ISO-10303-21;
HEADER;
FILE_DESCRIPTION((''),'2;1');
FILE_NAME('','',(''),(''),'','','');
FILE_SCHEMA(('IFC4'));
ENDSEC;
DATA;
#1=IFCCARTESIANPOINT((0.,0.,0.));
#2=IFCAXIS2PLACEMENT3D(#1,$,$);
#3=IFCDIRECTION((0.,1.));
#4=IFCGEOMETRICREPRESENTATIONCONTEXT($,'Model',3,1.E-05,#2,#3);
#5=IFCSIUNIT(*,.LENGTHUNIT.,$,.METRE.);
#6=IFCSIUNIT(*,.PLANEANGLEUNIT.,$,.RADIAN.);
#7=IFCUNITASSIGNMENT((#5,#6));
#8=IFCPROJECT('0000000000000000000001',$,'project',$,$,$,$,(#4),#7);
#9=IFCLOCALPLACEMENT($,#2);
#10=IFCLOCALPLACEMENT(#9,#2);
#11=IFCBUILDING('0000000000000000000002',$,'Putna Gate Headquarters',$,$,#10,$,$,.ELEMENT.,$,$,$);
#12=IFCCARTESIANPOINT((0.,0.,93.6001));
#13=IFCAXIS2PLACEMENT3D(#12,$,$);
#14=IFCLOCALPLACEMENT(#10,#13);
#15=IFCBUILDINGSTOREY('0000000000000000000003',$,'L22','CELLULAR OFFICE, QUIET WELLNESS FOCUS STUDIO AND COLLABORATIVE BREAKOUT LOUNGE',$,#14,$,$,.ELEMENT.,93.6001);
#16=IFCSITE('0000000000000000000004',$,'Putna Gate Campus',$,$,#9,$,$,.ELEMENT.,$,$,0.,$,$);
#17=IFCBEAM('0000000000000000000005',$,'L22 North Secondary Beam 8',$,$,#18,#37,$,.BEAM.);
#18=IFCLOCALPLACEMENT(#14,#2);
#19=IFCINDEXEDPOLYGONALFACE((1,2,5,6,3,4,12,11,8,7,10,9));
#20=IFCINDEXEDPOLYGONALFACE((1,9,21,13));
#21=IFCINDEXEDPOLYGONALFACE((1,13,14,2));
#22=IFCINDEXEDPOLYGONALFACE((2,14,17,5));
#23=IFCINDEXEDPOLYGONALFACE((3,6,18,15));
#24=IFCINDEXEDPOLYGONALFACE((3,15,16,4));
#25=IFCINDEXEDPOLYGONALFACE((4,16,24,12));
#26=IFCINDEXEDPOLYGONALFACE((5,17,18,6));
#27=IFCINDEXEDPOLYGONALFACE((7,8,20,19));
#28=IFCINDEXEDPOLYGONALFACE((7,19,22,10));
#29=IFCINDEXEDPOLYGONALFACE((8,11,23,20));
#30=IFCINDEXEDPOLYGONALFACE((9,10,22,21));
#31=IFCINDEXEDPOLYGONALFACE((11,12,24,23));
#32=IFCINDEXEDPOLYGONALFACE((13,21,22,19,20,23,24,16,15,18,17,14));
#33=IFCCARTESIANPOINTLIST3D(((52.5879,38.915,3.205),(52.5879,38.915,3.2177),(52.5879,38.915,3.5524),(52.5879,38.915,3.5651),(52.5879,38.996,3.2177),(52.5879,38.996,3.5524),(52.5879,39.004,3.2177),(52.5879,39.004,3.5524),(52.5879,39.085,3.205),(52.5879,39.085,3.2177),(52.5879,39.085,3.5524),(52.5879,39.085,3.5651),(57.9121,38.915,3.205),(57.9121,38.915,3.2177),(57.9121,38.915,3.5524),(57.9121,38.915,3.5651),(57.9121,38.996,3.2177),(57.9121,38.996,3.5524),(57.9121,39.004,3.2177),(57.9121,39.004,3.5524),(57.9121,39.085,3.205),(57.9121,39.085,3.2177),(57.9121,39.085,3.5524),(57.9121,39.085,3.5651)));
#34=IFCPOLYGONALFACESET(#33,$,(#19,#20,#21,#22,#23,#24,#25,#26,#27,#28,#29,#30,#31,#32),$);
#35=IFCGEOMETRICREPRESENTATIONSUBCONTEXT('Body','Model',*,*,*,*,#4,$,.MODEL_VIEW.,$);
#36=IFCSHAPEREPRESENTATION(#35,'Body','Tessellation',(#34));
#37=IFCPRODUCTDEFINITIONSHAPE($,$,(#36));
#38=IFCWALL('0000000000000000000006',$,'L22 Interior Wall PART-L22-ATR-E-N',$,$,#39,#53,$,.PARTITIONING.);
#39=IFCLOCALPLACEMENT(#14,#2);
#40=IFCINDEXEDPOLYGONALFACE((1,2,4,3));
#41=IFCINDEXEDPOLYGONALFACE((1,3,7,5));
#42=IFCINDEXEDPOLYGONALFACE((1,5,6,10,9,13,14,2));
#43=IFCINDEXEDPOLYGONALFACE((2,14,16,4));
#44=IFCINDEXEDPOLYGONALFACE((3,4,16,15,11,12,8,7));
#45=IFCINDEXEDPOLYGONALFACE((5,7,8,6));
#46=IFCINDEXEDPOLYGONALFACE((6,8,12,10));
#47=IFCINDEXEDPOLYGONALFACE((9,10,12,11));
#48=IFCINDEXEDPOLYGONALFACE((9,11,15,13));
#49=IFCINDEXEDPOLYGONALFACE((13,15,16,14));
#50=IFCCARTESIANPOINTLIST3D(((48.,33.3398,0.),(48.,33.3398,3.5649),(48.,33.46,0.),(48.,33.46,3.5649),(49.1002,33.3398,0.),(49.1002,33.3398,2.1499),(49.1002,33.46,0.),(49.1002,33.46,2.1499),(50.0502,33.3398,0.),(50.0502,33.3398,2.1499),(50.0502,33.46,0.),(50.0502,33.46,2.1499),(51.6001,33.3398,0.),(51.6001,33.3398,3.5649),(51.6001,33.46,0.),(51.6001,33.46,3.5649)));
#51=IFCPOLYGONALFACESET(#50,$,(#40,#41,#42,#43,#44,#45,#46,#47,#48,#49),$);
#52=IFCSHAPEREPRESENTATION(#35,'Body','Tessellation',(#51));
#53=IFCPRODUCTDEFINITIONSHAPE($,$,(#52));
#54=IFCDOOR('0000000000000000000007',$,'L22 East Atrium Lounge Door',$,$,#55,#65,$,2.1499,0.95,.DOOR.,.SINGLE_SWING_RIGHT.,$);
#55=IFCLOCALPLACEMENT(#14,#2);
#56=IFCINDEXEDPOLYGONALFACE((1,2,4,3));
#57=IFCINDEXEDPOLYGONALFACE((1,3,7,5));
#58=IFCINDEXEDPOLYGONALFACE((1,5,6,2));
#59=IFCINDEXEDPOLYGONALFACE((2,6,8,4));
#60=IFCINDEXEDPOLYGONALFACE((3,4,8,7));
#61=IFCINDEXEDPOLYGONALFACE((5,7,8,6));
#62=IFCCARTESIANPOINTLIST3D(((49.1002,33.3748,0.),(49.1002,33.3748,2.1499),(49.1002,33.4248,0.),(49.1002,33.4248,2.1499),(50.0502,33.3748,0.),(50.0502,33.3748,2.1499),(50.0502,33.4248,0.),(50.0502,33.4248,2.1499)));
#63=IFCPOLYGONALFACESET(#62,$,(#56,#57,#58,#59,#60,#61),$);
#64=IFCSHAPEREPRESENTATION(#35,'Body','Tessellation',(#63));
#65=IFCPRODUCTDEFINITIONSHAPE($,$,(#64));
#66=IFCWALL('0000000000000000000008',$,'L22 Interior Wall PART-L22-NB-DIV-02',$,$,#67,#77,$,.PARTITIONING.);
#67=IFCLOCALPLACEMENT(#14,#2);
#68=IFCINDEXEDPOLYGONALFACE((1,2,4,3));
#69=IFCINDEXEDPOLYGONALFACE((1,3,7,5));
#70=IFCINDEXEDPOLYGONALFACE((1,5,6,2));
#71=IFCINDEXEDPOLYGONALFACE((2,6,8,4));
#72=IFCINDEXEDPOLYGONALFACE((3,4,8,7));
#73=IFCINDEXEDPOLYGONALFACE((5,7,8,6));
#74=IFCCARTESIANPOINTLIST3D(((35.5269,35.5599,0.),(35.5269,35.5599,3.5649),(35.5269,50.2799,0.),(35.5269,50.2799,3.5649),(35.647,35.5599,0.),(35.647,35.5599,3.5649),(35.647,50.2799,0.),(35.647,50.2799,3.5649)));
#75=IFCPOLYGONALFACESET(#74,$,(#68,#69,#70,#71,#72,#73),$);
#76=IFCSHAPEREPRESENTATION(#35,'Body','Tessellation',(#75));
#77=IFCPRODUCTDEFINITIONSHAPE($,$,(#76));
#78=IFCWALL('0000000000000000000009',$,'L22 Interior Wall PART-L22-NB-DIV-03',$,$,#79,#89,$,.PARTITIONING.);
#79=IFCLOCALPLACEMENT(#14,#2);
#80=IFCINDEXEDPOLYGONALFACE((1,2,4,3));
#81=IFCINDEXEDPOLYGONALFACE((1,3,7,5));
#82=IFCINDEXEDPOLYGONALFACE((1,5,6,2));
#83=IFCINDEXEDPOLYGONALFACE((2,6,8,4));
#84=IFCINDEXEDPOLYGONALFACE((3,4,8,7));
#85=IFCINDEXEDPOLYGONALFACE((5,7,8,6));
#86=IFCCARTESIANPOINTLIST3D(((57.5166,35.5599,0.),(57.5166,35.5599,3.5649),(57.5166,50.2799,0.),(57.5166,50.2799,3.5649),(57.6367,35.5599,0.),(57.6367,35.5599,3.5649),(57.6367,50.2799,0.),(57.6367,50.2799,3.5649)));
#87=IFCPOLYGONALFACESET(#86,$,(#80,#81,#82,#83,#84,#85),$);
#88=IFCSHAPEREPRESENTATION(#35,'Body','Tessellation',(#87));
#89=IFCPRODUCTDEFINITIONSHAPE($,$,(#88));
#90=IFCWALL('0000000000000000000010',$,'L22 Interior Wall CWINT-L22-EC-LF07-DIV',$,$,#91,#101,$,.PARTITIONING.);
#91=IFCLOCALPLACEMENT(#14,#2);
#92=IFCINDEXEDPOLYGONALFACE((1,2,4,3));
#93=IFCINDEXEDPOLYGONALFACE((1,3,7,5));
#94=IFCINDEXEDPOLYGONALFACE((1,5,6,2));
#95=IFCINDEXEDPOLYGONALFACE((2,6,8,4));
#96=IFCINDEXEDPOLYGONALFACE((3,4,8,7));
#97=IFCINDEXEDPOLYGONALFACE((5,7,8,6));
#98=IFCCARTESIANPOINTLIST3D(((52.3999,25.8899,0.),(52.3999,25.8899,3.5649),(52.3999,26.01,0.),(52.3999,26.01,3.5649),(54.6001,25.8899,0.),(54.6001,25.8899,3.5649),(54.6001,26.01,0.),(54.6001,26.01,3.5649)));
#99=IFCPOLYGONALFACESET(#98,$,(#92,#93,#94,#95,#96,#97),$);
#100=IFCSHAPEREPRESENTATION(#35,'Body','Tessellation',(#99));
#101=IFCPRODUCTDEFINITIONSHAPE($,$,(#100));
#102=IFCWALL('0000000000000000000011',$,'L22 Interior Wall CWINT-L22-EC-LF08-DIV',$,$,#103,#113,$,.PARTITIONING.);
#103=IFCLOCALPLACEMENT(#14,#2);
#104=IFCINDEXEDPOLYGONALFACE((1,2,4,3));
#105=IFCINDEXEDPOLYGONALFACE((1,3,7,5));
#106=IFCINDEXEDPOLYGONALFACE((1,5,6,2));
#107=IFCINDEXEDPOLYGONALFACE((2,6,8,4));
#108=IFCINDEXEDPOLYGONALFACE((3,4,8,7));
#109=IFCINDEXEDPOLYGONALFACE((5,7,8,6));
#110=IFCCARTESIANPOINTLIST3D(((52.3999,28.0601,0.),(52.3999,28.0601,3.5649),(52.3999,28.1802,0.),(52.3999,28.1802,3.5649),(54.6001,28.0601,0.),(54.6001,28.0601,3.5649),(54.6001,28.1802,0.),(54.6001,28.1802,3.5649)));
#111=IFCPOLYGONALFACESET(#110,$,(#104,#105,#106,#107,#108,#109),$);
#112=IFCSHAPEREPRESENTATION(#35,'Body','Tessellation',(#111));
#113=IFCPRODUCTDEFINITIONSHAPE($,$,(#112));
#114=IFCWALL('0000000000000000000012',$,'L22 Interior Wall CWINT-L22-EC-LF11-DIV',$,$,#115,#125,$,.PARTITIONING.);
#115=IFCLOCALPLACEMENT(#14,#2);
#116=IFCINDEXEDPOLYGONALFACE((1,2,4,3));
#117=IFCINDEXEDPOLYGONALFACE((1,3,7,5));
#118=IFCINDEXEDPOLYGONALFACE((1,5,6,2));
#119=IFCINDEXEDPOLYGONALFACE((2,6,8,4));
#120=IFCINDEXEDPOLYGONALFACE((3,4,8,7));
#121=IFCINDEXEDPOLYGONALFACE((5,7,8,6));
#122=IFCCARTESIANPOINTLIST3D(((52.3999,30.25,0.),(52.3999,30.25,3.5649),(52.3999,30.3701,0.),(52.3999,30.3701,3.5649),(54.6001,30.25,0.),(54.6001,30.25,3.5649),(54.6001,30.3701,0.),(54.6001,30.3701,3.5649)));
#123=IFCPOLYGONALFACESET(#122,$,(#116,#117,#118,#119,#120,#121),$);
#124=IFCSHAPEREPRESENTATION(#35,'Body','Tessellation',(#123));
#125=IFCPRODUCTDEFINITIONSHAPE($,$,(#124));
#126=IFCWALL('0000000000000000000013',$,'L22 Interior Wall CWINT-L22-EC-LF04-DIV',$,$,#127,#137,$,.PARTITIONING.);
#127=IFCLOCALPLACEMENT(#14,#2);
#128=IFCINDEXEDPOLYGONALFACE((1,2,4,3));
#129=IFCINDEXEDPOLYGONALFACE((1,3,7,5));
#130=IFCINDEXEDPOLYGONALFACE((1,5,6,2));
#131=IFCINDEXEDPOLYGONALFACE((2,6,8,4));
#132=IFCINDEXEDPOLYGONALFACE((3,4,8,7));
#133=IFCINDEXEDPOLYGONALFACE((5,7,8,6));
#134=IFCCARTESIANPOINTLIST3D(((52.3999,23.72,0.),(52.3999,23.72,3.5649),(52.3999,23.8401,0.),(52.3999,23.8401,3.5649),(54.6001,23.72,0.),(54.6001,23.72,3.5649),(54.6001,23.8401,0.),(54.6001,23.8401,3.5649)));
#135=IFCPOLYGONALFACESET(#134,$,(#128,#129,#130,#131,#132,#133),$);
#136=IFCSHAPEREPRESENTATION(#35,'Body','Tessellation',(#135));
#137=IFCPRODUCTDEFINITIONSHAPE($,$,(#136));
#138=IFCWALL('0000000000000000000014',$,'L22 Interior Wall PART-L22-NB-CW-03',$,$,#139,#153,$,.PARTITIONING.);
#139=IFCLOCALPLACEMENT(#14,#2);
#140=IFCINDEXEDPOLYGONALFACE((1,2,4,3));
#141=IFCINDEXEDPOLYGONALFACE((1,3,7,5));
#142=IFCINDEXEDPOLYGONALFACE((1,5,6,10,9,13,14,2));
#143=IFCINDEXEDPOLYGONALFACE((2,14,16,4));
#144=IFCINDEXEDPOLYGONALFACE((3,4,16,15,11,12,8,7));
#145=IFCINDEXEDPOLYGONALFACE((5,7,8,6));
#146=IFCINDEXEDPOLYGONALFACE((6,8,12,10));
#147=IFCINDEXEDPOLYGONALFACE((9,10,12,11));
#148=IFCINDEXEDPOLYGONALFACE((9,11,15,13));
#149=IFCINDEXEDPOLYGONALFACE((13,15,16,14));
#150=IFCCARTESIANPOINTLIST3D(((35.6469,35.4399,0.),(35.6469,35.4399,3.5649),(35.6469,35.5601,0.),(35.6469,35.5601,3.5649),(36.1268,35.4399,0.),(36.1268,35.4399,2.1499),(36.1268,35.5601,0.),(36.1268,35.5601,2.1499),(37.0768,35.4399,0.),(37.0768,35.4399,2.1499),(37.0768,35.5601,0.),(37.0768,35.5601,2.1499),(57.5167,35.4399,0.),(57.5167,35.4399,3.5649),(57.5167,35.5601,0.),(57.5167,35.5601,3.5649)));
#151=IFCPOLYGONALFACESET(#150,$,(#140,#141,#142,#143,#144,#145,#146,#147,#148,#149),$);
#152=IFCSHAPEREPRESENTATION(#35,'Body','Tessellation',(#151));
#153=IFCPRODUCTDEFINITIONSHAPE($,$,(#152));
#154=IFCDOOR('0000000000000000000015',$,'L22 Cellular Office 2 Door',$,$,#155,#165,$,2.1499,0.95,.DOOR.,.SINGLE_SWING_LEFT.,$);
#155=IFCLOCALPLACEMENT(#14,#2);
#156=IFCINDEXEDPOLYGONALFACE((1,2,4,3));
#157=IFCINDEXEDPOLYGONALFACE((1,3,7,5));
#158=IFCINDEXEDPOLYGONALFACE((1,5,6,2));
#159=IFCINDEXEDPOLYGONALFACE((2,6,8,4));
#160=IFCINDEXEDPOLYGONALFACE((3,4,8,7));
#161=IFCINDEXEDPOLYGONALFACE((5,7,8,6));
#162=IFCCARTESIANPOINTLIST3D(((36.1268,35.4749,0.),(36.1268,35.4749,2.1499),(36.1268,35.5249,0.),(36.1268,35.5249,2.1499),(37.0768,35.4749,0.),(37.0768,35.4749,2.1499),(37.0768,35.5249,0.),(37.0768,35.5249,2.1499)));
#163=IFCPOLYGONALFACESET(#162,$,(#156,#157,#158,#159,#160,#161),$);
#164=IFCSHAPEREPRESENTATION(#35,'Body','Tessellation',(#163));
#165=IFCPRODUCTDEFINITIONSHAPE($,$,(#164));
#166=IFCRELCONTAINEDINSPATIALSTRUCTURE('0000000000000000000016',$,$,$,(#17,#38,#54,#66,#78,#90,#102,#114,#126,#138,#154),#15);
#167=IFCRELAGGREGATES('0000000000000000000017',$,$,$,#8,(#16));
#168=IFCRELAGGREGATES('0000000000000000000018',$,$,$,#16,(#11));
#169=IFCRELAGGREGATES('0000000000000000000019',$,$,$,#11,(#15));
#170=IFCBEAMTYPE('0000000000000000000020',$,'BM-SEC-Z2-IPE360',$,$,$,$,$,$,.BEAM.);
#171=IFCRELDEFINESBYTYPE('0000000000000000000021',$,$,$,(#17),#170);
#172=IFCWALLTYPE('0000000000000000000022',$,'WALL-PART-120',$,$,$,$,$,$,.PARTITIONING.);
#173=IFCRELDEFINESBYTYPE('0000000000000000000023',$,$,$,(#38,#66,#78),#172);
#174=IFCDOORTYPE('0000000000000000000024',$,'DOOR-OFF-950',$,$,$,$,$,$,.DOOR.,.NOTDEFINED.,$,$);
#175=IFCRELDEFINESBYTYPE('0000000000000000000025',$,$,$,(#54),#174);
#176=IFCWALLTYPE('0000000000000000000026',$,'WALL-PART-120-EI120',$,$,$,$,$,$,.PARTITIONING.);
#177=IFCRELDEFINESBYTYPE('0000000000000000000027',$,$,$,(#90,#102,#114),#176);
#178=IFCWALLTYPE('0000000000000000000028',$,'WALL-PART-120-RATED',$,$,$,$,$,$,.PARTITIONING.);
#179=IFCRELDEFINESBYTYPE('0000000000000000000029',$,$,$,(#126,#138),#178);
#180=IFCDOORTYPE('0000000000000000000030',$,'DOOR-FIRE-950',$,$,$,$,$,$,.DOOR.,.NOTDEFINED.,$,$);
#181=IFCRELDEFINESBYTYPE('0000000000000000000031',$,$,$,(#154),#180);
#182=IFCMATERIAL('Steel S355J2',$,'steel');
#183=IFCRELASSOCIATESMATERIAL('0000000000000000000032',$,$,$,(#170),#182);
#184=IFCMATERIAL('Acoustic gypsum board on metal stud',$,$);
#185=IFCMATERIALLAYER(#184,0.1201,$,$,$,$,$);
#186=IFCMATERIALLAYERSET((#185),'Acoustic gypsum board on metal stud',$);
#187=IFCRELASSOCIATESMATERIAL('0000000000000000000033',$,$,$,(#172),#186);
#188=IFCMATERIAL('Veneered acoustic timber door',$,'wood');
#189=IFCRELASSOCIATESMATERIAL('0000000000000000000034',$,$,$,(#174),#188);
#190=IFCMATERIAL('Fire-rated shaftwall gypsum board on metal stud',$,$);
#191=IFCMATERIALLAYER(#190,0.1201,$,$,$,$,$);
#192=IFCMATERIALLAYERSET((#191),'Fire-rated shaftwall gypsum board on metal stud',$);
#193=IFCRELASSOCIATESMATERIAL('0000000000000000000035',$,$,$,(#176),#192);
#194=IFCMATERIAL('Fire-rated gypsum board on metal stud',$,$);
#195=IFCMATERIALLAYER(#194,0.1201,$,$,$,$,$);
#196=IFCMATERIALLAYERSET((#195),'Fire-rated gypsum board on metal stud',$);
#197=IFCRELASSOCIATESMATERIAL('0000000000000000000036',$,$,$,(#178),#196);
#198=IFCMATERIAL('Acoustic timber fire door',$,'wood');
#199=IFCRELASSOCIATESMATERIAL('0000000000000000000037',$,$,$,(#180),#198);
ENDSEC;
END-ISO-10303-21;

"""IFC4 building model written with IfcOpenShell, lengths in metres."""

from ifc_helpers import new_model, si_unit, direction, frame, frame_2d, origin, origin_2d, place, context, subcontext, project, spatial, rectangle, i_section, extrude, material, layer, layer_set, material_profile, profile_set, type_object, element, fill, save


model = new_model("IFC4")

# Units and contexts
model_context = context("Model", 3, precision=1e-05, world=origin(), true_north=direction((0.0, 1.0)))
body_context = subcontext(model_context, "Body", "Model", "MODEL_VIEW")
ifc_project = project(units=[si_unit("LENGTHUNIT", "METRE"), si_unit("PLANEANGLEUNIT", "RADIAN")], contexts=[model_context])

# Site, building, storey
site_placement = place(None, origin())
site = spatial("IfcSite", under=ifc_project, at=site_placement, Name="Putna Gate Campus", CompositionType="ELEMENT", RefElevation=0.0)
building_placement = place(site_placement, origin())
building = spatial("IfcBuilding", under=site, at=building_placement, Name="Putna Gate Headquarters", CompositionType="ELEMENT")
storey_placement = place(building_placement, frame((0.0, 0.0, 93.6001)))
storey = spatial("IfcBuildingStorey", under=building, at=storey_placement, Name="L22", Description="CELLULAR OFFICE, QUIET WELLNESS FOCUS STUDIO AND COLLABORATIVE BREAKOUT LOUNGE", CompositionType="ELEMENT", Elevation=93.6001)

# Beam
ifc_material_1 = material(Name="Steel S355J2", Category="steel")
ifc_material_profile_1 = material_profile(ifc_material_1, i_section(OverallWidth=0.1699, OverallDepth=0.3601, WebThickness=0.0081, FlangeThickness=0.0127, at=origin_2d()), Name="Steel S355J2")
ifc_profile_set_1 = profile_set([ifc_material_profile_1], Name="Steel S355J2")
beam_type_1 = type_object("IfcBeamType", Name="BM-SEC-Z2-IPE360", PredefinedType="BEAM", material=ifc_profile_set_1)
beam_1_placement = place(storey_placement, frame((52.5879, 39.0, 3.385), z_axis=(1.0, 0.0, 0.0), x_axis=(0.0, 1.0, 0.0)))
element("IfcBeam", 1, at=beam_1_placement, inside=storey, type_object=beam_type_1, Name="L22 North Secondary Beam 8", PredefinedType="BEAM", context=body_context, shape_type="SweptSolid", body=[
    extrude(i_section(OverallWidth=0.1699, OverallDepth=0.3601, WebThickness=0.0081, FlangeThickness=0.0127, at=origin_2d()), origin(), (0.0, 0.0, 1.0), 5.3242),
])

# Wall, opening, door
ifc_material_2 = material(Name="Acoustic gypsum board on metal stud")
ifc_layer_1 = layer(ifc_material_2, 0.1201)
ifc_layer_set_1 = layer_set([ifc_layer_1], Name="Acoustic gypsum board on metal stud")
wall_type_1 = type_object("IfcWallType", Name="WALL-PART-120", PredefinedType="PARTITIONING", material=ifc_layer_set_1)
wall_1_placement = place(storey_placement, frame((48.0, 33.3999, 0.0), z_axis=(0.0, 0.0, 1.0), x_axis=(1.0, 0.0, 0.0)))
wall_1 = element("IfcWall", 2, at=wall_1_placement, inside=storey, type_object=wall_type_1, Name="L22 Interior Wall PART-L22-ATR-E-N", PredefinedType="PARTITIONING", context=body_context, shape_type="SweptSolid", body=[
    extrude(rectangle(XDim=3.6001, YDim=0.1201, at=frame_2d((1.8, 0.0))), origin(), (0.0, 0.0, 1.0), 3.5649),
])
opening_1_placement = place(wall_1_placement, frame((1.1001, 0.0, 0.0)))
opening_1 = element("IfcOpeningElement", 3, at=opening_1_placement, cuts=wall_1, PredefinedType="OPENING", context=body_context, shape_type="SweptSolid", body=[
    extrude(rectangle(XDim=0.95, YDim=2.1499, at=frame_2d((0.4751, 1.075))), frame((0.0, 0.0701, 0.0), z_axis=(0.0, -1.0, 0.0), x_axis=(1.0, 0.0, 0.0)), (0.0, 0.0, 1.0), 0.1401),
])
ifc_material_3 = material(Name="Veneered acoustic timber door", Category="wood")
door_type_1 = type_object("IfcDoorType", Name="DOOR-OFF-950", OperationType="NOTDEFINED", PredefinedType="DOOR", material=ifc_material_3)
door_1_placement = place(opening_1_placement, origin())
door_1 = element("IfcDoor", 4, at=door_1_placement, inside=storey, type_object=door_type_1, Name="L22 East Atrium Lounge Door", OperationType="SINGLE_SWING_RIGHT", OverallHeight=2.1499, OverallWidth=0.95, PredefinedType="DOOR", context=body_context, shape_type="SweptSolid", body=[
    extrude(rectangle(XDim=0.95, YDim=2.1499, at=frame_2d((0.4751, 1.075))), frame((0.0, 0.0249, 0.0), z_axis=(0.0, -1.0, 0.0), x_axis=(1.0, 0.0, 0.0)), (0.0, 0.0, 1.0), 0.05),
])
fill(opening_1, door_1)

# Walls
for number, where, z_axis, x_axis, name in (
    (5, (35.5869, 35.5601, 0.0), (0.0, 0.0, 1.0), (0.0, 1.0, 0.0), "L22 Interior Wall PART-L22-NB-DIV-02"),
    (6, (57.5767, 35.5601, 0.0), (0.0, 0.0, 1.0), (0.0, 1.0, 0.0), "L22 Interior Wall PART-L22-NB-DIV-03"),
):
    element("IfcWall", number, at=place(storey_placement, frame(where, z_axis=z_axis, x_axis=x_axis)), inside=storey, type_object=wall_type_1, Name=name, PredefinedType="PARTITIONING", context=body_context, shape_type="SweptSolid", body=[
        extrude(rectangle(XDim=14.72, YDim=0.1201, at=frame_2d((7.3599, 0.0))), origin(), (0.0, 0.0, 1.0), 3.5649),
    ])
ifc_material_4 = material(Name="Fire-rated shaftwall gypsum board on metal stud")
ifc_layer_2 = layer(ifc_material_4, 0.1201)
ifc_layer_set_2 = layer_set([ifc_layer_2], Name="Fire-rated shaftwall gypsum board on metal stud")
wall_type_2 = type_object("IfcWallType", Name="WALL-PART-120-EI120", PredefinedType="PARTITIONING", material=ifc_layer_set_2)
for number, where, z_axis, x_axis, name in (
    (7, (52.3999, 25.95, 0.0), (0.0, 0.0, 1.0), (1.0, 0.0, 0.0), "L22 Interior Wall CWINT-L22-EC-LF07-DIV"),
    (8, (52.3999, 28.1201, 0.0), (0.0, 0.0, 1.0), (1.0, 0.0, 0.0), "L22 Interior Wall CWINT-L22-EC-LF08-DIV"),
    (9, (52.3999, 30.3101, 0.0), (0.0, 0.0, 1.0), (1.0, 0.0, 0.0), "L22 Interior Wall CWINT-L22-EC-LF11-DIV"),
):
    element("IfcWall", number, at=place(storey_placement, frame(where, z_axis=z_axis, x_axis=x_axis)), inside=storey, type_object=wall_type_2, Name=name, PredefinedType="PARTITIONING", context=body_context, shape_type="SweptSolid", body=[
        extrude(rectangle(XDim=2.2002, YDim=0.1201, at=frame_2d((1.1001, 0.0))), origin(), (0.0, 0.0, 1.0), 3.5649),
    ])
ifc_material_5 = material(Name="Fire-rated gypsum board on metal stud")
ifc_layer_3 = layer(ifc_material_5, 0.1201)
ifc_layer_set_3 = layer_set([ifc_layer_3], Name="Fire-rated gypsum board on metal stud")
wall_type_3 = type_object("IfcWallType", Name="WALL-PART-120-RATED", PredefinedType="PARTITIONING", material=ifc_layer_set_3)
wall_2_placement = place(storey_placement, frame((52.3999, 23.78, 0.0), z_axis=(0.0, 0.0, 1.0), x_axis=(1.0, 0.0, 0.0)))
element("IfcWall", 10, at=wall_2_placement, inside=storey, type_object=wall_type_3, Name="L22 Interior Wall CWINT-L22-EC-LF04-DIV", PredefinedType="PARTITIONING", context=body_context, shape_type="SweptSolid", body=[
    extrude(rectangle(XDim=2.2002, YDim=0.1201, at=frame_2d((1.1001, 0.0))), origin(), (0.0, 0.0, 1.0), 3.5649),
])

# Wall, opening, door
wall_3_placement = place(storey_placement, frame((35.6467, 35.5, 0.0), z_axis=(0.0, 0.0, 1.0), x_axis=(1.0, 0.0, 0.0)))
wall_3 = element("IfcWall", 11, at=wall_3_placement, inside=storey, type_object=wall_type_3, Name="L22 Interior Wall PART-L22-NB-CW-03", PredefinedType="PARTITIONING", context=body_context, shape_type="SweptSolid", body=[
    extrude(rectangle(XDim=21.8699, YDim=0.1201, at=frame_2d((10.9351, 0.0))), origin(), (0.0, 0.0, 1.0), 3.5649),
])
opening_2_placement = place(wall_3_placement, frame((0.48, 0.0, 0.0)))
opening_2 = element("IfcOpeningElement", 12, at=opening_2_placement, cuts=wall_3, PredefinedType="OPENING", context=body_context, shape_type="SweptSolid", body=[
    extrude(rectangle(XDim=0.95, YDim=2.1499, at=frame_2d((0.4751, 1.075))), frame((0.0, 0.0701, 0.0), z_axis=(0.0, -1.0, 0.0), x_axis=(1.0, 0.0, 0.0)), (0.0, 0.0, 1.0), 0.1401),
])
ifc_material_6 = material(Name="Acoustic timber fire door", Category="wood")
door_type_2 = type_object("IfcDoorType", Name="DOOR-FIRE-950", OperationType="NOTDEFINED", PredefinedType="DOOR", material=ifc_material_6)
door_2_placement = place(opening_2_placement, origin())
door_2 = element("IfcDoor", 13, at=door_2_placement, inside=storey, type_object=door_type_2, Name="L22 Cellular Office 2 Door", OperationType="SINGLE_SWING_LEFT", OverallHeight=2.1499, OverallWidth=0.95, PredefinedType="DOOR", context=body_context, shape_type="SweptSolid", body=[
    extrude(rectangle(XDim=0.95, YDim=2.1499, at=frame_2d((0.4751, 1.075))), frame((0.0, 0.0249, 0.0), z_axis=(0.0, -1.0, 0.0), x_axis=(1.0, 0.0, 0.0)), (0.0, 0.0, 1.0), 0.05),
])
fill(opening_2, door_2)

save(model, "model.ifc")
